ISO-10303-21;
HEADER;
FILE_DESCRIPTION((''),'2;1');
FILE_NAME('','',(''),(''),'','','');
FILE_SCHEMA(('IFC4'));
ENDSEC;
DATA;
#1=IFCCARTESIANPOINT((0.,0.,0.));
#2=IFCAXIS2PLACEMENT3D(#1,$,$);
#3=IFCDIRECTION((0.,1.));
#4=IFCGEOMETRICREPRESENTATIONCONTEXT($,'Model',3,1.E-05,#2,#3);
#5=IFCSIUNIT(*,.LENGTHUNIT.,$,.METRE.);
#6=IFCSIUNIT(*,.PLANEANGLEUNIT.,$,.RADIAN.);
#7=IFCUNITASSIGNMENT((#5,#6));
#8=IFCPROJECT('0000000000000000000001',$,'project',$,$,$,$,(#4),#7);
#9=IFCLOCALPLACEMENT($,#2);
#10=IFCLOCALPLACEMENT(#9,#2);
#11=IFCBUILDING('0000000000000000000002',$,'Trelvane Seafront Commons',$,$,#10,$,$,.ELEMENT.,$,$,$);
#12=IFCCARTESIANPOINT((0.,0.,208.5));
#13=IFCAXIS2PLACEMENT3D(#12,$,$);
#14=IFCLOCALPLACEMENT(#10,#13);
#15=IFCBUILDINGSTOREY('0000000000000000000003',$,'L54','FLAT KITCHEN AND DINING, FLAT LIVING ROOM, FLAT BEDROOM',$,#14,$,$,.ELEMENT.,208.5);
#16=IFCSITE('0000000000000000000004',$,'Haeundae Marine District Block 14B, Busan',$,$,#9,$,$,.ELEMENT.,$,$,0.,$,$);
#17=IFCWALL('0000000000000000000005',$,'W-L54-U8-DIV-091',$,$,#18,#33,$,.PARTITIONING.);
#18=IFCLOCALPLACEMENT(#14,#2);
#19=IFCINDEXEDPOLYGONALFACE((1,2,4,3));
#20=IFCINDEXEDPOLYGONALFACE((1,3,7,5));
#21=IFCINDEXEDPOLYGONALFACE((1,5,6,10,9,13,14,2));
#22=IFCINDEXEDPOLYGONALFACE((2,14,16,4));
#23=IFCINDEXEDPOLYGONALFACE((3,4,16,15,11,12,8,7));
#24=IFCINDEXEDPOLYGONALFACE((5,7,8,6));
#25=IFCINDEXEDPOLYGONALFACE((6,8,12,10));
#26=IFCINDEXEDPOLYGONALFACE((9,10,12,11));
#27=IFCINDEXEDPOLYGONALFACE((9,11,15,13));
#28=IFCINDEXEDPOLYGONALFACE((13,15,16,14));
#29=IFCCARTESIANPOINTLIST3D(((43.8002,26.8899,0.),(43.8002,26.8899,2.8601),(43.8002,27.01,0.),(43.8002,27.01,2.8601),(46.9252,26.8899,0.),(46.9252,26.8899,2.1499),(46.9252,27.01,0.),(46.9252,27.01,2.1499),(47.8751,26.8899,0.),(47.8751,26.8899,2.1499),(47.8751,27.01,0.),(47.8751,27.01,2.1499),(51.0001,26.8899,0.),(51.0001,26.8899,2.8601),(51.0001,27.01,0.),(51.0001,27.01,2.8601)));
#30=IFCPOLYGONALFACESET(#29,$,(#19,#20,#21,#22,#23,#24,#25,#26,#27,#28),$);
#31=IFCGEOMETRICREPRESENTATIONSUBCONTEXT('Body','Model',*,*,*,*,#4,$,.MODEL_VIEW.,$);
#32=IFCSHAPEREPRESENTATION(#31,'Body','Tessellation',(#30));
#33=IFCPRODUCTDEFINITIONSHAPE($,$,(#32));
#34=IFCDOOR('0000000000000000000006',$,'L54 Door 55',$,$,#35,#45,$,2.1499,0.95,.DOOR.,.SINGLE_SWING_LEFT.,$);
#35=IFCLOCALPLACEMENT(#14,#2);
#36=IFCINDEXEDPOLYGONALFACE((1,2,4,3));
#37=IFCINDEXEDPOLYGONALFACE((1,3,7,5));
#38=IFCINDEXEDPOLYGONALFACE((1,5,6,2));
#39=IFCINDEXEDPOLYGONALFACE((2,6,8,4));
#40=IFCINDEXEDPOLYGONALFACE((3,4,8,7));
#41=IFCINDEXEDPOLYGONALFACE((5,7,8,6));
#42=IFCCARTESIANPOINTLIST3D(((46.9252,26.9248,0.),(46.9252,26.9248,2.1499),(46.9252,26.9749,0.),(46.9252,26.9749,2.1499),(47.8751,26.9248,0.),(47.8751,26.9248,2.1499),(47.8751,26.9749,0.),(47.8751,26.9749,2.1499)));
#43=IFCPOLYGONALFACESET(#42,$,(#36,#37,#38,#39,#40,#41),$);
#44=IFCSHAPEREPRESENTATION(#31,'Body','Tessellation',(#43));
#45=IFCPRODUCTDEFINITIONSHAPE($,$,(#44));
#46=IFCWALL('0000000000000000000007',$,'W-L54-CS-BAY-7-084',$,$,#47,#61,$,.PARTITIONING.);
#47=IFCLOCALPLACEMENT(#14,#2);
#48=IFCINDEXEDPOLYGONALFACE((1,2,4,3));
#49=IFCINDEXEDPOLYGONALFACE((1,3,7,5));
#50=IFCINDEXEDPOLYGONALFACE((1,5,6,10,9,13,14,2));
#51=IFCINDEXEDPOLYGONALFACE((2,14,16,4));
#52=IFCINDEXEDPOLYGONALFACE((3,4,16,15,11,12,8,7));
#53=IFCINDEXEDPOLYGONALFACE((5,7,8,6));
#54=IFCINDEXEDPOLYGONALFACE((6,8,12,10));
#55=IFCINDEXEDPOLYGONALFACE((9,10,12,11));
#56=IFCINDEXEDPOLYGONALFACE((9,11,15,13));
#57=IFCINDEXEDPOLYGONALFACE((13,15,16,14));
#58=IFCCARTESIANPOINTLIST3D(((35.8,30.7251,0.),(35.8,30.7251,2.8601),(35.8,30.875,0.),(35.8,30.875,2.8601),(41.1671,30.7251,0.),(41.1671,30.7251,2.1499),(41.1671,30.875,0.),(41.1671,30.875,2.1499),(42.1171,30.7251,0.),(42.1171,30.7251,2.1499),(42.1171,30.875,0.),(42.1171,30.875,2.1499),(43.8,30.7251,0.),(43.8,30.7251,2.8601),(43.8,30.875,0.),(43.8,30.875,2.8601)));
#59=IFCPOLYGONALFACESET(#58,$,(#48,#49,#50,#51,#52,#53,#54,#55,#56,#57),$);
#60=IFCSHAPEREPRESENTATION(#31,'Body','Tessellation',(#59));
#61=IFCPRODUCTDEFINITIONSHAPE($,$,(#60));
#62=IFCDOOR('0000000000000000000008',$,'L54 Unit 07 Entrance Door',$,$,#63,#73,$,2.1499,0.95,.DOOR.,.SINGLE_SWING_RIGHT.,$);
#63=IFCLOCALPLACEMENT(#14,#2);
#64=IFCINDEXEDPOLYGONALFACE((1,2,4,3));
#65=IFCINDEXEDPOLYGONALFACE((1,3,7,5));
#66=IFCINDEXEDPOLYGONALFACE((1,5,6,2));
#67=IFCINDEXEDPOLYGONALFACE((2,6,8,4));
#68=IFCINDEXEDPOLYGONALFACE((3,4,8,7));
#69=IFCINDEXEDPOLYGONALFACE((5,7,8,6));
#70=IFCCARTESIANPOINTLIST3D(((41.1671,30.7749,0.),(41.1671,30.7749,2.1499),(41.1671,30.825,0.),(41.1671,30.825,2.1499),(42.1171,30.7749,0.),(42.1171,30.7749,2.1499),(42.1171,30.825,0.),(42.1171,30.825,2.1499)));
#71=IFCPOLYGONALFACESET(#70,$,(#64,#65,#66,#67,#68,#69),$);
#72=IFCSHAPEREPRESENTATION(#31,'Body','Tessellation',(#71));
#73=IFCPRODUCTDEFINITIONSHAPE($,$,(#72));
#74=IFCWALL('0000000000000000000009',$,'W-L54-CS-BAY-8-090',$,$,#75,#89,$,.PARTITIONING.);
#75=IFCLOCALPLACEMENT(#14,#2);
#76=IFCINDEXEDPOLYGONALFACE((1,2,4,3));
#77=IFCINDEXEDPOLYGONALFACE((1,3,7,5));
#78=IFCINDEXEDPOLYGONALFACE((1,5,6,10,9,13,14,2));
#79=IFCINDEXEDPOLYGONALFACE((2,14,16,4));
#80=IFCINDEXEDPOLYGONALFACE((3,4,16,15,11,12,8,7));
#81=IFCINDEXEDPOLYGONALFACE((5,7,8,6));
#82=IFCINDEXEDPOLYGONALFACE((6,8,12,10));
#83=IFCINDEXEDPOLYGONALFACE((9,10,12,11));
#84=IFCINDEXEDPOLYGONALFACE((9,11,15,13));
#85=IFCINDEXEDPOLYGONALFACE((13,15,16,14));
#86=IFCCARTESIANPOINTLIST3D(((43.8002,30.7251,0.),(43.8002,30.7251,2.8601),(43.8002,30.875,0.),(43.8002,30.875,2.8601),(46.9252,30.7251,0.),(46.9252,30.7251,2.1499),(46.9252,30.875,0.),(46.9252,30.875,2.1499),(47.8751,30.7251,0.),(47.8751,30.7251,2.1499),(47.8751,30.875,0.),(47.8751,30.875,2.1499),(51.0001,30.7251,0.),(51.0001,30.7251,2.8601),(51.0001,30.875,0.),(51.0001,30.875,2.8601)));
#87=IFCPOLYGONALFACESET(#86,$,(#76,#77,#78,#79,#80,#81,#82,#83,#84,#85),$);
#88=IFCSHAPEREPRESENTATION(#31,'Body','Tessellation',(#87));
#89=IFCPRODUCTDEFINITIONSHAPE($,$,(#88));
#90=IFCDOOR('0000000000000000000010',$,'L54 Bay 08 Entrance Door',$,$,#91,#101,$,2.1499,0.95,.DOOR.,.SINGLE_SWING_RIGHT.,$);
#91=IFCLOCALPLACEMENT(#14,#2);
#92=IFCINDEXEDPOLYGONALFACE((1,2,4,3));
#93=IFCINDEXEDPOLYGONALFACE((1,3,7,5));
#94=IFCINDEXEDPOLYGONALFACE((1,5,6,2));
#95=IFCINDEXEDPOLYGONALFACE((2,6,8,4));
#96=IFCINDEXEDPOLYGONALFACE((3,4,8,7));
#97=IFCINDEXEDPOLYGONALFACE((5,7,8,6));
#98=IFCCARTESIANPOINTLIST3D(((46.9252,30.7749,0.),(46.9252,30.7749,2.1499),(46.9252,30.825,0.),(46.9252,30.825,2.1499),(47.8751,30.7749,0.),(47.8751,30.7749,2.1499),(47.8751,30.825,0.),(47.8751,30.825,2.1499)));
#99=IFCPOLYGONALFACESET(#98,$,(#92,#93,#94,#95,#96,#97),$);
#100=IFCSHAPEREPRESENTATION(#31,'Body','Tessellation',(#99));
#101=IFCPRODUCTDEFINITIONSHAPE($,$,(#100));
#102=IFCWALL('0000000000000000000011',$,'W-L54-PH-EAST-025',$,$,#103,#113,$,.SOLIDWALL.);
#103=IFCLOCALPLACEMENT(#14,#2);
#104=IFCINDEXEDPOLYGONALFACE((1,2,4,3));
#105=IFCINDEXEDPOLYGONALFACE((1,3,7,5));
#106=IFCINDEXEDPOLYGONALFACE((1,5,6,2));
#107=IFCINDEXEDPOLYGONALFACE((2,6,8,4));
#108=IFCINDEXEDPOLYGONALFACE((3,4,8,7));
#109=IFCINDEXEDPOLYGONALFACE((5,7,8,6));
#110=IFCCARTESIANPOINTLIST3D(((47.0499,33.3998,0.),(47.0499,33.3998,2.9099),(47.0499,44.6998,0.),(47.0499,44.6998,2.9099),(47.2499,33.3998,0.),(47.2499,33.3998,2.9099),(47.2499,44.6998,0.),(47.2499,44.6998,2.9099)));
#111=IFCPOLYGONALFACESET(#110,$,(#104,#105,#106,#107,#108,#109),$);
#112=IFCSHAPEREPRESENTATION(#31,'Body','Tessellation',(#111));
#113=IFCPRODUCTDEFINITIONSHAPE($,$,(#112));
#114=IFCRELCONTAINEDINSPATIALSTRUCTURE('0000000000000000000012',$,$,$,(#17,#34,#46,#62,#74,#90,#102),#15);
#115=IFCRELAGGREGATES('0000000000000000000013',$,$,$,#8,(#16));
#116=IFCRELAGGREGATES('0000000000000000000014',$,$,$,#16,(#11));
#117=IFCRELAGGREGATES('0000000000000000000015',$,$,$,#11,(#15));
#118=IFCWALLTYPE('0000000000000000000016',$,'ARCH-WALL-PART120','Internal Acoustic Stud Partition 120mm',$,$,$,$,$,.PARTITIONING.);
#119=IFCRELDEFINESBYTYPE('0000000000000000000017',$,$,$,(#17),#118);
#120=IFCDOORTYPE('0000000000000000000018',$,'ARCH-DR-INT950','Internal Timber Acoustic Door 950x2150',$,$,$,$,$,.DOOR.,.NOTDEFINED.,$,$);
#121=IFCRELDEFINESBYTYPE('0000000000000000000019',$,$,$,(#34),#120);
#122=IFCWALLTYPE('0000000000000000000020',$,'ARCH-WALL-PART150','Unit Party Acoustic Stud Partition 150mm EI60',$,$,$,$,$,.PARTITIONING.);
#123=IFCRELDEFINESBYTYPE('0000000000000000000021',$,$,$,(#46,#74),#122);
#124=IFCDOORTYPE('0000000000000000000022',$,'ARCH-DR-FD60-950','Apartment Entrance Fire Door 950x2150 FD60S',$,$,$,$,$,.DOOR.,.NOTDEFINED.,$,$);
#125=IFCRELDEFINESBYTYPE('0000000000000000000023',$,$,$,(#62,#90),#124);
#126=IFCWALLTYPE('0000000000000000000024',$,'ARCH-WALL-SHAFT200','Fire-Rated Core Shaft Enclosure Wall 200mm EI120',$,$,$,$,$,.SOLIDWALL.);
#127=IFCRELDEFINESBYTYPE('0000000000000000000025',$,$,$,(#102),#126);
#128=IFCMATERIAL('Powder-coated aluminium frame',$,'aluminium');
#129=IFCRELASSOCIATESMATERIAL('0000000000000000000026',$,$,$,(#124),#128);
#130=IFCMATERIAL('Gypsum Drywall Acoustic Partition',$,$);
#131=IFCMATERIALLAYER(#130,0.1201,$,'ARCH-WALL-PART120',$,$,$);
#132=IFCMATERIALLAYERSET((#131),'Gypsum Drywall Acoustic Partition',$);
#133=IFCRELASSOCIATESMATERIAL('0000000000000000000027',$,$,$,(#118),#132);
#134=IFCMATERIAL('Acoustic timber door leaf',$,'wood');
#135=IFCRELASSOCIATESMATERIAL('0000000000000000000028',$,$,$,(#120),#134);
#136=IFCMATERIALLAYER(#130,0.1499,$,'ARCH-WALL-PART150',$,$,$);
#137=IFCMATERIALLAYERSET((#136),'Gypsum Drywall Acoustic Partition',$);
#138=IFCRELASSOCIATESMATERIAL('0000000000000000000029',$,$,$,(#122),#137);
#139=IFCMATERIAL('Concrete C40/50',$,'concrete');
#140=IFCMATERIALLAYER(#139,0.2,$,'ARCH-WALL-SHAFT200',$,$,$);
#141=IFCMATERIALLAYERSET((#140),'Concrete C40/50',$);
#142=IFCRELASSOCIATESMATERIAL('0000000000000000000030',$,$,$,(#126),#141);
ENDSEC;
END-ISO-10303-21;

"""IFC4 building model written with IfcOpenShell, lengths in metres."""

from ifc_helpers import new_model, si_unit, direction, frame, frame_2d, origin, place, context, subcontext, project, spatial, rectangle, extrude, source, transform, mapped, material, layer, layer_set, type_object, element, fill, save


model = new_model("IFC4")

# Units and contexts
model_context = context("Model", 3, precision=1e-05, world=origin(), true_north=direction((0.0, 1.0)))
body_context = subcontext(model_context, "Body", "Model", "MODEL_VIEW")
ifc_project = project(units=[si_unit("LENGTHUNIT", "METRE"), si_unit("PLANEANGLEUNIT", "RADIAN")], contexts=[model_context])

# Site, building, storey
site_placement = place(None, origin())
site = spatial("IfcSite", under=ifc_project, at=site_placement, Name="Haeundae Marine District Block 14B, Busan", CompositionType="ELEMENT", RefElevation=0.0)
building_placement = place(site_placement, origin())
building = spatial("IfcBuilding", under=site, at=building_placement, Name="Trelvane Seafront Commons", CompositionType="ELEMENT")
storey_placement = place(building_placement, frame((0.0, 0.0, 208.5)))
storey = spatial("IfcBuildingStorey", under=building, at=storey_placement, Name="L54", Description="FLAT KITCHEN AND DINING, FLAT LIVING ROOM, FLAT BEDROOM", CompositionType="ELEMENT", Elevation=208.5)

# Shared definitions
ifc_material_1 = material(Name="Concrete C40/50", Category="concrete")
ifc_material_2 = material(Name="Powder-coated aluminium frame", Category="aluminium")
door_type_1 = type_object("IfcDoorType", Name="ARCH-DR-FD60-950", Description="Apartment Entrance Fire Door 950x2150 FD60S", OperationType="NOTDEFINED", PredefinedType="DOOR", material=ifc_material_2)
shared_shape_1 = source(origin(), body_context, "Body", "SweptSolid", [
    extrude(rectangle(XDim=0.95, YDim=2.1499, at=frame_2d((0.4751, 1.075))), frame((0.0, 0.0249, 0.0), z_axis=(0.0, -1.0, 0.0), x_axis=(1.0, 0.0, 0.0)), (0.0, 0.0, 1.0), 0.05),
])

# Walls, openings, doors
ifc_material_3 = material(Name="Gypsum Drywall Acoustic Partition")
ifc_layer_1 = layer(ifc_material_3, 0.1201, Name="ARCH-WALL-PART120")
ifc_layer_set_1 = layer_set([ifc_layer_1], Name="Gypsum Drywall Acoustic Partition")
wall_type_1 = type_object("IfcWallType", Name="ARCH-WALL-PART120", Description="Internal Acoustic Stud Partition 120mm", PredefinedType="PARTITIONING", material=ifc_layer_set_1)
ifc_material_4 = material(Name="Acoustic timber door leaf", Category="wood")
wall_1_placement = place(storey_placement, frame((43.8, 26.95, 0.0), z_axis=(0.0, 0.0, 1.0), x_axis=(1.0, 0.0, 0.0)))
wall_1 = element("IfcWall", 1, at=wall_1_placement, inside=storey, type_object=wall_type_1, Name="W-L54-U8-DIV-091", PredefinedType="PARTITIONING", context=body_context, shape_type="SweptSolid", body=[
    extrude(rectangle(XDim=7.2, YDim=0.1201, at=frame_2d((3.6001, 0.0))), origin(), (0.0, 0.0, 1.0), 2.8601),
])
opening_1_placement = place(wall_1_placement, frame((3.125, 0.0, 0.0)))
opening_1 = element("IfcOpeningElement", 2, at=opening_1_placement, cuts=wall_1, PredefinedType="OPENING", context=body_context, shape_type="SweptSolid", body=[
    extrude(rectangle(XDim=0.95, YDim=2.1499, at=frame_2d((0.4751, 1.075))), frame((0.0, 0.0701, 0.0), z_axis=(0.0, -1.0, 0.0), x_axis=(1.0, 0.0, 0.0)), (0.0, 0.0, 1.0), 0.1401),
])
door_type_2 = type_object("IfcDoorType", Name="ARCH-DR-INT950", Description="Internal Timber Acoustic Door 950x2150", OperationType="NOTDEFINED", PredefinedType="DOOR", material=ifc_material_4)
door_1_placement = place(opening_1_placement, origin())
door_1 = element("IfcDoor", 3, at=door_1_placement, inside=storey, type_object=door_type_2, Name="L54 Door 55", OperationType="SINGLE_SWING_LEFT", OverallHeight=2.1499, OverallWidth=0.95, PredefinedType="DOOR", context=body_context, shape_type="MappedRepresentation", body=[
    mapped(shared_shape_1, transform((0.0, 0.0, 0.0), x_axis=(1.0, 0.0, 0.0), y_axis=(0.0, 1.0, 0.0), z_axis=(0.0, 0.0, 1.0), scale=1.0)),
])
fill(opening_1, door_1)
ifc_layer_2 = layer(ifc_material_3, 0.1499, Name="ARCH-WALL-PART150")
ifc_layer_set_2 = layer_set([ifc_layer_2], Name="Gypsum Drywall Acoustic Partition")
wall_type_2 = type_object("IfcWallType", Name="ARCH-WALL-PART150", Description="Unit Party Acoustic Stud Partition 150mm EI60", PredefinedType="PARTITIONING", material=ifc_layer_set_2)
wall_2_placement = place(storey_placement, frame((35.8, 30.8, 0.0), z_axis=(0.0, 0.0, 1.0), x_axis=(1.0, 0.0, 0.0)))
wall_2 = element("IfcWall", 4, at=wall_2_placement, inside=storey, type_object=wall_type_2, Name="W-L54-CS-BAY-7-084", PredefinedType="PARTITIONING", context=body_context, shape_type="SweptSolid", body=[
    extrude(rectangle(XDim=8.0, YDim=0.1499, at=frame_2d((4.0, 0.0))), origin(), (0.0, 0.0, 1.0), 2.8601),
])
opening_2_placement = place(wall_2_placement, frame((5.3669, 0.0, 0.0)))
opening_2 = element("IfcOpeningElement", 5, at=opening_2_placement, cuts=wall_2, PredefinedType="OPENING", context=body_context, shape_type="SweptSolid", body=[
    extrude(rectangle(XDim=0.95, YDim=2.1499, at=frame_2d((0.4751, 1.075))), frame((0.0, 0.085, 0.0), z_axis=(0.0, -1.0, 0.0), x_axis=(1.0, 0.0, 0.0)), (0.0, 0.0, 1.0), 0.1699),
])
door_2_placement = place(opening_2_placement, origin())
door_2 = element("IfcDoor", 6, at=door_2_placement, inside=storey, type_object=door_type_1, Name="L54 Unit 07 Entrance Door", OperationType="SINGLE_SWING_RIGHT", OverallHeight=2.1499, OverallWidth=0.95, PredefinedType="DOOR", context=body_context, shape_type="MappedRepresentation", body=[
    mapped(shared_shape_1, transform((0.0, 0.0, 0.0), x_axis=(1.0, 0.0, 0.0), y_axis=(0.0, 1.0, 0.0), z_axis=(0.0, 0.0, 1.0), scale=1.0)),
])
fill(opening_2, door_2)
wall_3_placement = place(storey_placement, frame((43.8, 30.8, 0.0), z_axis=(0.0, 0.0, 1.0), x_axis=(1.0, 0.0, 0.0)))
wall_3 = element("IfcWall", 7, at=wall_3_placement, inside=storey, type_object=wall_type_2, Name="W-L54-CS-BAY-8-090", PredefinedType="PARTITIONING", context=body_context, shape_type="SweptSolid", body=[
    extrude(rectangle(XDim=7.2, YDim=0.1499, at=frame_2d((3.6001, 0.0))), origin(), (0.0, 0.0, 1.0), 2.8601),
])
opening_3_placement = place(wall_3_placement, frame((3.125, 0.0, 0.0)))
opening_3 = element("IfcOpeningElement", 8, at=opening_3_placement, cuts=wall_3, PredefinedType="OPENING", context=body_context, shape_type="SweptSolid", body=[
    extrude(rectangle(XDim=0.95, YDim=2.1499, at=frame_2d((0.4751, 1.075))), frame((0.0, 0.085, 0.0), z_axis=(0.0, -1.0, 0.0), x_axis=(1.0, 0.0, 0.0)), (0.0, 0.0, 1.0), 0.1699),
])
door_3_placement = place(opening_3_placement, origin())
door_3 = element("IfcDoor", 9, at=door_3_placement, inside=storey, type_object=door_type_1, Name="L54 Bay 08 Entrance Door", OperationType="SINGLE_SWING_RIGHT", OverallHeight=2.1499, OverallWidth=0.95, PredefinedType="DOOR", context=body_context, shape_type="MappedRepresentation", body=[
    mapped(shared_shape_1, transform((0.0, 0.0, 0.0), x_axis=(1.0, 0.0, 0.0), y_axis=(0.0, 1.0, 0.0), z_axis=(0.0, 0.0, 1.0), scale=1.0)),
])
fill(opening_3, door_3)

# Wall
ifc_layer_3 = layer(ifc_material_1, 0.2, Name="ARCH-WALL-SHAFT200")
ifc_layer_set_3 = layer_set([ifc_layer_3], Name="Concrete C40/50")
wall_type_3 = type_object("IfcWallType", Name="ARCH-WALL-SHAFT200", Description="Fire-Rated Core Shaft Enclosure Wall 200mm EI120", PredefinedType="SOLIDWALL", material=ifc_layer_set_3)
wall_4_placement = place(storey_placement, frame((47.1499, 33.3999, 0.0), z_axis=(0.0, 0.0, 1.0), x_axis=(0.0, 1.0, 0.0)))
element("IfcWall", 10, at=wall_4_placement, inside=storey, type_object=wall_type_3, Name="W-L54-PH-EAST-025", PredefinedType="SOLIDWALL", context=body_context, shape_type="SweptSolid", body=[
    extrude(rectangle(XDim=11.3, YDim=0.2, at=frame_2d((5.6499, 0.0))), origin(), (0.0, 0.0, 1.0), 2.9099),
])

save(model, "model.ifc")
